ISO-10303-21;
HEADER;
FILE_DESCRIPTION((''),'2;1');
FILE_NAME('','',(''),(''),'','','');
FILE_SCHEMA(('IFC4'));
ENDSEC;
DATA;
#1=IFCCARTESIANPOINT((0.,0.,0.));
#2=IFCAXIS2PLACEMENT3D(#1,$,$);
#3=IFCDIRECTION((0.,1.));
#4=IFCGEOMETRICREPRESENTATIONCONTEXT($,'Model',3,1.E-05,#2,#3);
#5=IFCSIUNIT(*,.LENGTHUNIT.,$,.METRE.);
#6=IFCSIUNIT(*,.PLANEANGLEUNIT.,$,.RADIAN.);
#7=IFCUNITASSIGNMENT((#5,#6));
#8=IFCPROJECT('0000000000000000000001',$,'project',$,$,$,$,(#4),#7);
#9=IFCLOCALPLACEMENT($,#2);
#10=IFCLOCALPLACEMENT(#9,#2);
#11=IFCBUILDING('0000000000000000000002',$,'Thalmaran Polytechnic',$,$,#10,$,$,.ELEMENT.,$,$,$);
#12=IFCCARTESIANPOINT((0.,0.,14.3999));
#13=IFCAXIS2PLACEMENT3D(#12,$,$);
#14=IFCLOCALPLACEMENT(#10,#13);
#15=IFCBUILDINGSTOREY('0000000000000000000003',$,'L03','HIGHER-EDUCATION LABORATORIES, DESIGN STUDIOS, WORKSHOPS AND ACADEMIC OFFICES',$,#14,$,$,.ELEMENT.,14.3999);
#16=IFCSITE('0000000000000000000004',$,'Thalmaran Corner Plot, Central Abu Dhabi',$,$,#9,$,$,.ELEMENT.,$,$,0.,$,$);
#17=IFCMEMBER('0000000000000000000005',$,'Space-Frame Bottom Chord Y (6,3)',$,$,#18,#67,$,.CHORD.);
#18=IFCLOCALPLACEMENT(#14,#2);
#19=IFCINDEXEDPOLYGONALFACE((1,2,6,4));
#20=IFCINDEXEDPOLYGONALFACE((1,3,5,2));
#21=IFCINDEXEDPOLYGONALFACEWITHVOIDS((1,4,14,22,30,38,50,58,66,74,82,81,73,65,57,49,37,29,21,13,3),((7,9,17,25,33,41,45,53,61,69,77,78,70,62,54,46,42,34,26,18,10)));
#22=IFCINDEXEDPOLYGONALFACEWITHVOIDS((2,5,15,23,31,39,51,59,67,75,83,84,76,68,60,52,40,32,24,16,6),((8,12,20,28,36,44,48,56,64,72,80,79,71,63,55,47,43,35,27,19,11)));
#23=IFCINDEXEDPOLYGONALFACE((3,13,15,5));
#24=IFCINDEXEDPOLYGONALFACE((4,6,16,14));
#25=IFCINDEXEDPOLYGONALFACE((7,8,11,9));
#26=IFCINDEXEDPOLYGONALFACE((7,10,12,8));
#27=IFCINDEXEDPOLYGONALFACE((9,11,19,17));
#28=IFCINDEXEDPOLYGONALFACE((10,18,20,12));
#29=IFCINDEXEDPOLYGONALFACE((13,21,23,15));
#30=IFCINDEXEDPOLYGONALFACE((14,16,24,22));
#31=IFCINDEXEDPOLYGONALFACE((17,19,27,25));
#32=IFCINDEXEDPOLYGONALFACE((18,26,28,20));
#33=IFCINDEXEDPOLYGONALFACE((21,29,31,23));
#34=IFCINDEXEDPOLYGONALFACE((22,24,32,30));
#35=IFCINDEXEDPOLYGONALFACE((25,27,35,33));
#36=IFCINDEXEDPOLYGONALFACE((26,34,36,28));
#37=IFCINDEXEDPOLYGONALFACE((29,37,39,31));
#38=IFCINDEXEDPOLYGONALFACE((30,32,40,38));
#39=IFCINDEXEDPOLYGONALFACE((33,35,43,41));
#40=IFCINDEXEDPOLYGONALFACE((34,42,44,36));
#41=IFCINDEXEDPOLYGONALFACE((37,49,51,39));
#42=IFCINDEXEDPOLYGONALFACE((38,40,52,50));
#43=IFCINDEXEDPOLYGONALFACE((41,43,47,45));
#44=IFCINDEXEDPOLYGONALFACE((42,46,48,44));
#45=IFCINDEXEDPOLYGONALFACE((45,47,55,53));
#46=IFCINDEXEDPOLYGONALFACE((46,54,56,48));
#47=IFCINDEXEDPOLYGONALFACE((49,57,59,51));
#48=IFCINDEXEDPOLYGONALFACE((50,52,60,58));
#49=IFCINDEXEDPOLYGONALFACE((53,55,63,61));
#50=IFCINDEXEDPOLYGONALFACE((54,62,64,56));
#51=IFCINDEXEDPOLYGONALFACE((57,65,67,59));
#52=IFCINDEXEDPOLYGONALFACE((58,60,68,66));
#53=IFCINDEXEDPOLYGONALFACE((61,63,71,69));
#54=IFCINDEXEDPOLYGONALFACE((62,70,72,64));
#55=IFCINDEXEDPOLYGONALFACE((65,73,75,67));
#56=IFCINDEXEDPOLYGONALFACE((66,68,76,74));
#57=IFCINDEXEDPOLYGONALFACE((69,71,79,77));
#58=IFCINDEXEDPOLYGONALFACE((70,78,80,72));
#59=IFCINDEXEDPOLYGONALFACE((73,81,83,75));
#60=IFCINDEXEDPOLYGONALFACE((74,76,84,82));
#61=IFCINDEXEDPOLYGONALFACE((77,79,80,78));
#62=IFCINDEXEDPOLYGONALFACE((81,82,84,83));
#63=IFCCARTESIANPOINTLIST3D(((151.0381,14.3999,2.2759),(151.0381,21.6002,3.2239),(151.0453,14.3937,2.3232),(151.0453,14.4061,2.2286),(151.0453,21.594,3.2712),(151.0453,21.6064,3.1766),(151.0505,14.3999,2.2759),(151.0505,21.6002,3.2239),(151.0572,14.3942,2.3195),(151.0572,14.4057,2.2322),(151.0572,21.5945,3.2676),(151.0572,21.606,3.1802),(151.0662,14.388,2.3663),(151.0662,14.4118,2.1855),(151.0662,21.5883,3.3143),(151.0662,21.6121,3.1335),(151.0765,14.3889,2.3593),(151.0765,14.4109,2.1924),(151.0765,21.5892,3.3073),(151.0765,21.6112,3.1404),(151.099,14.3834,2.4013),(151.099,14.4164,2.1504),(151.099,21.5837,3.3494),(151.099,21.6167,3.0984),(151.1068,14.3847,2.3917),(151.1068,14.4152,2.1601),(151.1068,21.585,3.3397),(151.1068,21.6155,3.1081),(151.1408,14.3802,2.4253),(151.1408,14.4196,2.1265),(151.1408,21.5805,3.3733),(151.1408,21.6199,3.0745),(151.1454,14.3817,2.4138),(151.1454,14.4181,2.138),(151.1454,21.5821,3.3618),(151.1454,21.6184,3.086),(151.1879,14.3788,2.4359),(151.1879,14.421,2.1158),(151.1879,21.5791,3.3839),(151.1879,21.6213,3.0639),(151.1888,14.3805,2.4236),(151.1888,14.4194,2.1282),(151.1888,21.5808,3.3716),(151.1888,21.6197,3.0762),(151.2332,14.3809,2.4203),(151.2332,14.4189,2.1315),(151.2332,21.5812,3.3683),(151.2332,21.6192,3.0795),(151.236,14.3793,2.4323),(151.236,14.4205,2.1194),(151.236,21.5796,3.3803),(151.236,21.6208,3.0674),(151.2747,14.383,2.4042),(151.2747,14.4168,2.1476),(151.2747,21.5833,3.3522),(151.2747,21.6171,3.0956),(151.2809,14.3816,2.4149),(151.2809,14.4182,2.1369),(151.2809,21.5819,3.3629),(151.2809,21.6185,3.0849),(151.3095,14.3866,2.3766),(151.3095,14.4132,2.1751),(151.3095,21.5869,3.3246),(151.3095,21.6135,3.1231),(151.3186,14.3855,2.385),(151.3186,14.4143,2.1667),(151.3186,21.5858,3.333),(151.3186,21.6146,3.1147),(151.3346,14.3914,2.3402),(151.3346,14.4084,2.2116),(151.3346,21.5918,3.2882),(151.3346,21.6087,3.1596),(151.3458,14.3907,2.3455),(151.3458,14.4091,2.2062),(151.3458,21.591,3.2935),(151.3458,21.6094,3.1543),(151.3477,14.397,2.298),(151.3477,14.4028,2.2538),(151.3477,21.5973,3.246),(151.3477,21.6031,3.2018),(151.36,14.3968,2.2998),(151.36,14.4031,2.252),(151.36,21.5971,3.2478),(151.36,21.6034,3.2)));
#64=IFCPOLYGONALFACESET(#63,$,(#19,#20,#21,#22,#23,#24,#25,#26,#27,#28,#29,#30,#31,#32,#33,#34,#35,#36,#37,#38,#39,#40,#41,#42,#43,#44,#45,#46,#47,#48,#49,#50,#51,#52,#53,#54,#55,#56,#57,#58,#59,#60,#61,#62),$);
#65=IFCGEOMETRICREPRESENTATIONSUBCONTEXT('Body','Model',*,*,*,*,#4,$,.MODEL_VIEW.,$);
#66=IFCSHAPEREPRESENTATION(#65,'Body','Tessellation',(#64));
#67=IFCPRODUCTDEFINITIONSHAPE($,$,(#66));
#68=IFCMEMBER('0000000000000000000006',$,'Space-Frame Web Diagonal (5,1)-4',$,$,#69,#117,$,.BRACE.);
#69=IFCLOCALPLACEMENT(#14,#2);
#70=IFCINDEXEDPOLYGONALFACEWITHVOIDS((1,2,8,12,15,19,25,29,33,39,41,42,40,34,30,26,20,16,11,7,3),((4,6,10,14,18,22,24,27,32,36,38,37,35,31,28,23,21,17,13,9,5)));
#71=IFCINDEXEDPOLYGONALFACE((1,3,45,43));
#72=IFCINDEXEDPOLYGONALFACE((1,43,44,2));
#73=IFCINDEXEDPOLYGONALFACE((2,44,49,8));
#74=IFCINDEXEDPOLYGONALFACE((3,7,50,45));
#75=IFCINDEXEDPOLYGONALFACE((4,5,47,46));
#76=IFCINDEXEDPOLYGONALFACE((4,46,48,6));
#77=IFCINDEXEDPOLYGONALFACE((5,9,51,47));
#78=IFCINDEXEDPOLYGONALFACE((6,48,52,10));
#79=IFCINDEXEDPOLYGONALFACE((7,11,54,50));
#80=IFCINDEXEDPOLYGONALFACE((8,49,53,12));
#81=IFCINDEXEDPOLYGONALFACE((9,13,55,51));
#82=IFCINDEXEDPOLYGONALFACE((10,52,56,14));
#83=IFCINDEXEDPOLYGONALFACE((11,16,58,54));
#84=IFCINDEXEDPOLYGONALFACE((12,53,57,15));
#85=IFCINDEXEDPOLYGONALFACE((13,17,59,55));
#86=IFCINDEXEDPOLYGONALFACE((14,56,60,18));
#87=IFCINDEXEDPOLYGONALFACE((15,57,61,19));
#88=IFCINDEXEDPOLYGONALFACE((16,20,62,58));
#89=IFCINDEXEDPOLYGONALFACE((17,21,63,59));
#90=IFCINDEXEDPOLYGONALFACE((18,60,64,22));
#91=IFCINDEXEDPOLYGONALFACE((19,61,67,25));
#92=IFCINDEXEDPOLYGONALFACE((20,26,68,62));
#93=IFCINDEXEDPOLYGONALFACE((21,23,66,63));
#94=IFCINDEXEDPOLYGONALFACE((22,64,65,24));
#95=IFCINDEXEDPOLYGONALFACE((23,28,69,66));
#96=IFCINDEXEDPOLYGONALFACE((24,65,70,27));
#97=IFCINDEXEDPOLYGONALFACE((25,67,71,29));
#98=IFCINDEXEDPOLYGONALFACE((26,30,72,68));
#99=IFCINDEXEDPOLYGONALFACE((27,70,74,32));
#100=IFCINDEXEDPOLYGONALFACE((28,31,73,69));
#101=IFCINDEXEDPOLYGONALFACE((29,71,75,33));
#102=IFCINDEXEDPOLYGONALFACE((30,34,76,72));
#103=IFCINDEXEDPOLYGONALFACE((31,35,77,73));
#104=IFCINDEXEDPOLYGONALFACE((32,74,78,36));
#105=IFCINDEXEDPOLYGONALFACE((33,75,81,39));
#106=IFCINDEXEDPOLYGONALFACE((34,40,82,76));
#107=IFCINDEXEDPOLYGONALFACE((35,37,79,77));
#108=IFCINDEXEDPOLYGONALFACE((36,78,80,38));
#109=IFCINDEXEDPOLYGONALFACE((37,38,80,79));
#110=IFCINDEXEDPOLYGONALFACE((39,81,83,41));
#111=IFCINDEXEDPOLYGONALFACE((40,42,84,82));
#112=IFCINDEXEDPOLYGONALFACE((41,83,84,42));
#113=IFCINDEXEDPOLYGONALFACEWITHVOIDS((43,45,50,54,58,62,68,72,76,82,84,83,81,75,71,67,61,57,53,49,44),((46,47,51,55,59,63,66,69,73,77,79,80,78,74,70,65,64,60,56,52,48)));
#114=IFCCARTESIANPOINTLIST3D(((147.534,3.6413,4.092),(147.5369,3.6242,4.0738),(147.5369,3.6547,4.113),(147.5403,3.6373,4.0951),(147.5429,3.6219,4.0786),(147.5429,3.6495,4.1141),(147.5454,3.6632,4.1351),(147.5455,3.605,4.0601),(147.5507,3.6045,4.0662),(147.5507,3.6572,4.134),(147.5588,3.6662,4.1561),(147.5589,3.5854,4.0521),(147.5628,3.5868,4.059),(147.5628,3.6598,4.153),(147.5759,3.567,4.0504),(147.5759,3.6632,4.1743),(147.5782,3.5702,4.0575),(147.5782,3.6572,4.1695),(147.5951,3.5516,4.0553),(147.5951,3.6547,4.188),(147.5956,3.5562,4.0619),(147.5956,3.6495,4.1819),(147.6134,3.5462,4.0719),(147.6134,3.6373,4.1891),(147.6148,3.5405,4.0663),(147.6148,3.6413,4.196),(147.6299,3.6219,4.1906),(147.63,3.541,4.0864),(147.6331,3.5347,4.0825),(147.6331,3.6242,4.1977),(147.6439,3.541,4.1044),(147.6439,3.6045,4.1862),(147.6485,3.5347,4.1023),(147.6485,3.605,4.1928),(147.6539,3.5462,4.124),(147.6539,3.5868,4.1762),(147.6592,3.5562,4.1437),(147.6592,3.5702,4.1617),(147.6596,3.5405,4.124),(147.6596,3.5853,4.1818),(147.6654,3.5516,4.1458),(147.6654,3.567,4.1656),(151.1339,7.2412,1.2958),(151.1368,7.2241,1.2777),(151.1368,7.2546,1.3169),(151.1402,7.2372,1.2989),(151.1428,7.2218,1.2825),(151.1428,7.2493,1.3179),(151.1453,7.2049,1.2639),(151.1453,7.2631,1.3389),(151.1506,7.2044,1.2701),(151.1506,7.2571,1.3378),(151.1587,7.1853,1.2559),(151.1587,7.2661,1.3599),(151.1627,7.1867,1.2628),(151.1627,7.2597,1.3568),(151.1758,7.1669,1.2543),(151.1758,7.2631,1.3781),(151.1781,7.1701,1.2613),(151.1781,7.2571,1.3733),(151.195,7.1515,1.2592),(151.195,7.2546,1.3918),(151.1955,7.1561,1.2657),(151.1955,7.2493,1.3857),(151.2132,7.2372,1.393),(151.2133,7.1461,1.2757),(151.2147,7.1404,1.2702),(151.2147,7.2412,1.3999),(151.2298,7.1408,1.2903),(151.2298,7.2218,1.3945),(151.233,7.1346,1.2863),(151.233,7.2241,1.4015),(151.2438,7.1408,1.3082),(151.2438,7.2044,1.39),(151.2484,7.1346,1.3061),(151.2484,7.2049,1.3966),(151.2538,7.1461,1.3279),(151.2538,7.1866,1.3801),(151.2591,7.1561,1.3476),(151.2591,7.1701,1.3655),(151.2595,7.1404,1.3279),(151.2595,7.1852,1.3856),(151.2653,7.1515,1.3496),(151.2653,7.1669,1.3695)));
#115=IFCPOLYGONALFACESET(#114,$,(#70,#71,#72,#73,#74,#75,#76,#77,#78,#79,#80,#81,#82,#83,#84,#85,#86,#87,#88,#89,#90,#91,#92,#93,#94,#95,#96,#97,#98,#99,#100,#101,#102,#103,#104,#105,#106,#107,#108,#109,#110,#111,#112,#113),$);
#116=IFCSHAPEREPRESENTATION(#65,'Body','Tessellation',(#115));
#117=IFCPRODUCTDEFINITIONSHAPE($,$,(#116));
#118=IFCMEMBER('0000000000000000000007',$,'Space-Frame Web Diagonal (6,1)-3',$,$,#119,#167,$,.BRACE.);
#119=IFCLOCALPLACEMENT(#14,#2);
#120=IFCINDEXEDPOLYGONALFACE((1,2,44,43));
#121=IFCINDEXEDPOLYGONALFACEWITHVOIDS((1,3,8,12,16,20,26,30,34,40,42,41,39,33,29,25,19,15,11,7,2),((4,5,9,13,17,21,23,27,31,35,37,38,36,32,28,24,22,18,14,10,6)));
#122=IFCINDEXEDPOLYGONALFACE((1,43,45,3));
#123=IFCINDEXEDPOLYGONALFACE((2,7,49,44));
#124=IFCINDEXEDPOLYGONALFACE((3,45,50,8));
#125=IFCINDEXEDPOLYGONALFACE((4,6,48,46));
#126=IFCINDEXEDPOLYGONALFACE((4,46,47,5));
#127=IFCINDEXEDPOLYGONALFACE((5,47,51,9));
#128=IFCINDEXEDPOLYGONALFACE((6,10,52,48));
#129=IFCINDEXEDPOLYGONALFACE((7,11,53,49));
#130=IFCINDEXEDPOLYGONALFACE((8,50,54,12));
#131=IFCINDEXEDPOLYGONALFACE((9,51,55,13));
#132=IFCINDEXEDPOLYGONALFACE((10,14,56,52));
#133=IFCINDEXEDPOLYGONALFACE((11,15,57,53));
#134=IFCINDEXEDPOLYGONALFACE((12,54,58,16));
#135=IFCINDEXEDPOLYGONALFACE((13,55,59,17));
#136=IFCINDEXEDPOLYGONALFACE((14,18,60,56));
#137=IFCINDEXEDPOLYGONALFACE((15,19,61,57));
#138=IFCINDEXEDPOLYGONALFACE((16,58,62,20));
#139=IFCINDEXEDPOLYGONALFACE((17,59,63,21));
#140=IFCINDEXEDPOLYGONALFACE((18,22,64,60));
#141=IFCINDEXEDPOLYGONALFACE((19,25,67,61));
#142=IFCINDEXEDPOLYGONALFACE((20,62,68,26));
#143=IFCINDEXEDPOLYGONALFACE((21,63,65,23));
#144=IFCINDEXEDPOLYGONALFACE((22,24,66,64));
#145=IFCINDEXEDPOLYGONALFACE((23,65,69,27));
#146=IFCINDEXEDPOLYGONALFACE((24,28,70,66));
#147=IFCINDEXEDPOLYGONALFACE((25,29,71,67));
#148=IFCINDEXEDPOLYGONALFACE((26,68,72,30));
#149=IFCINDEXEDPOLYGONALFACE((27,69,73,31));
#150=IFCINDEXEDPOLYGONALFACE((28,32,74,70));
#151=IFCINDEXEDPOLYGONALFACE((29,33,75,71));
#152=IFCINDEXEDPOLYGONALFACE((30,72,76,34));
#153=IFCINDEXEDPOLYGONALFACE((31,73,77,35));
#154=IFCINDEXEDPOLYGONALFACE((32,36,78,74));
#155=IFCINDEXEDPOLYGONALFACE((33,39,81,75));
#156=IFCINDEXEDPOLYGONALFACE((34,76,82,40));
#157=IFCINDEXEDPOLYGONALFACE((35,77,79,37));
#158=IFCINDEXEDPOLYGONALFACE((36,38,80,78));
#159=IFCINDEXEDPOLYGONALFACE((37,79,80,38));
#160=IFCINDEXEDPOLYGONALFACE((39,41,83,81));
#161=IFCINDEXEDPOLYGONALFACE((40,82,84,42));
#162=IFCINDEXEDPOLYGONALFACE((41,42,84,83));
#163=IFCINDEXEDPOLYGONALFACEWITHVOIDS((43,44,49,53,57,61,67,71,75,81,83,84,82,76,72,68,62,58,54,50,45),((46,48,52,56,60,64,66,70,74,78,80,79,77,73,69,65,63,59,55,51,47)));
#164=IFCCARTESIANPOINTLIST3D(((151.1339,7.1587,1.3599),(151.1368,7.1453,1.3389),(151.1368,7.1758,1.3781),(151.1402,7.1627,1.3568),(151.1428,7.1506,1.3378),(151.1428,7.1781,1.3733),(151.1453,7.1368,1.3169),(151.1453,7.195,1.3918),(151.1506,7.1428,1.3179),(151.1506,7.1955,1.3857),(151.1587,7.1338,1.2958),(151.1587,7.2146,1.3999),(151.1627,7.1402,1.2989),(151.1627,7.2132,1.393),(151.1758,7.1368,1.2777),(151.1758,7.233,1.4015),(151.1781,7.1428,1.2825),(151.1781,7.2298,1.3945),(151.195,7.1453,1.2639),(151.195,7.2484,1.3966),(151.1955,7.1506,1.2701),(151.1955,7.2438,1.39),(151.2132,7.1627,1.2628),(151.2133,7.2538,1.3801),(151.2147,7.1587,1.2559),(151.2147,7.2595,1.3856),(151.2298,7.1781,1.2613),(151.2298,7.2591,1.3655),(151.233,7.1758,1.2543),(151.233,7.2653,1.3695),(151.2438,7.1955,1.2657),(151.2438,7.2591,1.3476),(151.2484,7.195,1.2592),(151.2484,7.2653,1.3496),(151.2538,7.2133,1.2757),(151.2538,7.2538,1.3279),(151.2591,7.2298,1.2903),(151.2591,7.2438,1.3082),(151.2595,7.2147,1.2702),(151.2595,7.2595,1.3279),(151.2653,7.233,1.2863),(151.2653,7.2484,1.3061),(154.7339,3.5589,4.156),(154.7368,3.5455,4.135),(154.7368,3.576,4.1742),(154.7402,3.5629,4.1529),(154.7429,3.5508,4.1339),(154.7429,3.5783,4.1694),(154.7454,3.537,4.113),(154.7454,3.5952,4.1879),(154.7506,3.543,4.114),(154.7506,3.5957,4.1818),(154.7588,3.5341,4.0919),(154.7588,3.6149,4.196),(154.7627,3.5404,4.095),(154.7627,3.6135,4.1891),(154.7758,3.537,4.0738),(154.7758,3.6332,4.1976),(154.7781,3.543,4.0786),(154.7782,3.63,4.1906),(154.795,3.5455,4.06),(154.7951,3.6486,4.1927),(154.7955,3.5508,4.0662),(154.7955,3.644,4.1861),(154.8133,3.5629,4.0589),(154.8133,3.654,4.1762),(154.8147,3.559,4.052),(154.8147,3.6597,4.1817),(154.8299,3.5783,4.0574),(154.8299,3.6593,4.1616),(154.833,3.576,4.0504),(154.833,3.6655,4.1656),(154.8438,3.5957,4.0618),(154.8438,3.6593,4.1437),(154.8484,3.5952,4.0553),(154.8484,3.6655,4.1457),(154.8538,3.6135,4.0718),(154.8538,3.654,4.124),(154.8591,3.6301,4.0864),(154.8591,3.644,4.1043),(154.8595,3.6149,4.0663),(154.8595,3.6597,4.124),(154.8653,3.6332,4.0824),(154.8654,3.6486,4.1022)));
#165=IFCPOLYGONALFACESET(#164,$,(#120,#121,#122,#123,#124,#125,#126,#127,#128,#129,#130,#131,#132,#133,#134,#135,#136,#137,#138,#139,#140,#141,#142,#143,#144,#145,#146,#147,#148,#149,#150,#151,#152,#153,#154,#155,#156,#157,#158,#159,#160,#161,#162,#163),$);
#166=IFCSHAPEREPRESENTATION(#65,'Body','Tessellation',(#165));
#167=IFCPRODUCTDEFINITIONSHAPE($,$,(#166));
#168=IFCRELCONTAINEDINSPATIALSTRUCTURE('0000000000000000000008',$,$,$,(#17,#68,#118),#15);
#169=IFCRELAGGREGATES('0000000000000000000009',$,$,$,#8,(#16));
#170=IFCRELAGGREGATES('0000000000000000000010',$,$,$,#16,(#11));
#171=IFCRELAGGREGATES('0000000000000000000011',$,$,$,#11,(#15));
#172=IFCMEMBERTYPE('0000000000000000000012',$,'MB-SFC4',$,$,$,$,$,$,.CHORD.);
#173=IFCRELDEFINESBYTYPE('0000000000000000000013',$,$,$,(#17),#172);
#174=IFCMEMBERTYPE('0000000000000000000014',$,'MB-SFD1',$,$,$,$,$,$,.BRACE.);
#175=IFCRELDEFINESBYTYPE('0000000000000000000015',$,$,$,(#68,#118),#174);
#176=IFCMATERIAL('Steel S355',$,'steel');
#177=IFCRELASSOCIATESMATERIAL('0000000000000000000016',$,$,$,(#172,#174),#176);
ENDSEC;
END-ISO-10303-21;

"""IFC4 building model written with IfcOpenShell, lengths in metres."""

from ifc_helpers import new_model, si_unit, direction, frame, origin, origin_2d, place, context, subcontext, project, spatial, hollow_circle, extrude, material, material_profile, profile_set, type_object, element, save


model = new_model("IFC4")

# Units and contexts
model_context = context("Model", 3, precision=1e-05, world=origin(), true_north=direction((0.0, 1.0)))
body_context = subcontext(model_context, "Body", "Model", "MODEL_VIEW")
ifc_project = project(units=[si_unit("LENGTHUNIT", "METRE"), si_unit("PLANEANGLEUNIT", "RADIAN")], contexts=[model_context])

# Site, building, storey
site_placement = place(None, origin())
site = spatial("IfcSite", under=ifc_project, at=site_placement, Name="Thalmaran Corner Plot, Central Abu Dhabi", CompositionType="ELEMENT", RefElevation=0.0)
building_placement = place(site_placement, origin())
building = spatial("IfcBuilding", under=site, at=building_placement, Name="Thalmaran Polytechnic", CompositionType="ELEMENT")
storey_placement = place(building_placement, frame((0.0, 0.0, 14.3999)))
storey = spatial("IfcBuildingStorey", under=building, at=storey_placement, Name="L03", Description="HIGHER-EDUCATION LABORATORIES, DESIGN STUDIOS, WORKSHOPS AND ACADEMIC OFFICES", CompositionType="ELEMENT", Elevation=14.3999)

# Members
ifc_material = material(Name="Steel S355", Category="steel")
ifc_material_profile_1 = material_profile(ifc_material, hollow_circle(Radius=0.1619, WallThickness=0.0125, at=origin_2d()), Name="CHS 323.9x12.5")
ifc_profile_set_1 = profile_set([ifc_material_profile_1], Name="Steel S355")
member_type_1 = type_object("IfcMemberType", Name="MB-SFC4", PredefinedType="CHORD", material=ifc_profile_set_1)
member_1_placement = place(storey_placement, frame((151.2, 14.3999, 2.2759), z_axis=(0.0, 0.991444, 0.130536), x_axis=(-1.0, 0.0, 0.0)))
element("IfcMember", 1, at=member_1_placement, inside=storey, type_object=member_type_1, Name="Space-Frame Bottom Chord Y (6,3)", PredefinedType="CHORD", context=body_context, shape_type="SweptSolid", body=[
    extrude(hollow_circle(Radius=0.1619, WallThickness=0.0125, at=origin_2d()), origin(), (0.0, 0.0, 1.0), 7.2625),
])
ifc_material_profile_2 = material_profile(ifc_material, hollow_circle(Radius=0.0842, WallThickness=0.0081, at=origin_2d()), Name="CHS 168.3x8.0")
ifc_profile_set_2 = profile_set([ifc_material_profile_2], Name="Steel S355")
member_type_2 = type_object("IfcMemberType", Name="MB-SFD1", PredefinedType="BRACE", material=ifc_profile_set_2)
for number, where, z_axis, x_axis, name in (
    (2, (151.2, 7.2, 1.3279), (-0.619778, -0.619778, 0.481405), (0.707107, -0.707107, 0.0), "Space-Frame Web Diagonal (5,1)-4"),
    (3, (151.2, 7.2, 1.3279), (0.619804, -0.619762, 0.481392), (0.707083, 0.707131, 0.0), "Space-Frame Web Diagonal (6,1)-3"),
):
    element("IfcMember", number, at=place(storey_placement, frame(where, z_axis=z_axis, x_axis=x_axis)), inside=storey, type_object=member_type_2, Name=name, PredefinedType="BRACE", context=body_context, shape_type="SweptSolid", body=[
        extrude(hollow_circle(Radius=0.0842, WallThickness=0.0081, at=origin_2d()), origin(), (0.0, 0.0, 1.0), 5.8083),
    ])

save(model, "model.ifc")
